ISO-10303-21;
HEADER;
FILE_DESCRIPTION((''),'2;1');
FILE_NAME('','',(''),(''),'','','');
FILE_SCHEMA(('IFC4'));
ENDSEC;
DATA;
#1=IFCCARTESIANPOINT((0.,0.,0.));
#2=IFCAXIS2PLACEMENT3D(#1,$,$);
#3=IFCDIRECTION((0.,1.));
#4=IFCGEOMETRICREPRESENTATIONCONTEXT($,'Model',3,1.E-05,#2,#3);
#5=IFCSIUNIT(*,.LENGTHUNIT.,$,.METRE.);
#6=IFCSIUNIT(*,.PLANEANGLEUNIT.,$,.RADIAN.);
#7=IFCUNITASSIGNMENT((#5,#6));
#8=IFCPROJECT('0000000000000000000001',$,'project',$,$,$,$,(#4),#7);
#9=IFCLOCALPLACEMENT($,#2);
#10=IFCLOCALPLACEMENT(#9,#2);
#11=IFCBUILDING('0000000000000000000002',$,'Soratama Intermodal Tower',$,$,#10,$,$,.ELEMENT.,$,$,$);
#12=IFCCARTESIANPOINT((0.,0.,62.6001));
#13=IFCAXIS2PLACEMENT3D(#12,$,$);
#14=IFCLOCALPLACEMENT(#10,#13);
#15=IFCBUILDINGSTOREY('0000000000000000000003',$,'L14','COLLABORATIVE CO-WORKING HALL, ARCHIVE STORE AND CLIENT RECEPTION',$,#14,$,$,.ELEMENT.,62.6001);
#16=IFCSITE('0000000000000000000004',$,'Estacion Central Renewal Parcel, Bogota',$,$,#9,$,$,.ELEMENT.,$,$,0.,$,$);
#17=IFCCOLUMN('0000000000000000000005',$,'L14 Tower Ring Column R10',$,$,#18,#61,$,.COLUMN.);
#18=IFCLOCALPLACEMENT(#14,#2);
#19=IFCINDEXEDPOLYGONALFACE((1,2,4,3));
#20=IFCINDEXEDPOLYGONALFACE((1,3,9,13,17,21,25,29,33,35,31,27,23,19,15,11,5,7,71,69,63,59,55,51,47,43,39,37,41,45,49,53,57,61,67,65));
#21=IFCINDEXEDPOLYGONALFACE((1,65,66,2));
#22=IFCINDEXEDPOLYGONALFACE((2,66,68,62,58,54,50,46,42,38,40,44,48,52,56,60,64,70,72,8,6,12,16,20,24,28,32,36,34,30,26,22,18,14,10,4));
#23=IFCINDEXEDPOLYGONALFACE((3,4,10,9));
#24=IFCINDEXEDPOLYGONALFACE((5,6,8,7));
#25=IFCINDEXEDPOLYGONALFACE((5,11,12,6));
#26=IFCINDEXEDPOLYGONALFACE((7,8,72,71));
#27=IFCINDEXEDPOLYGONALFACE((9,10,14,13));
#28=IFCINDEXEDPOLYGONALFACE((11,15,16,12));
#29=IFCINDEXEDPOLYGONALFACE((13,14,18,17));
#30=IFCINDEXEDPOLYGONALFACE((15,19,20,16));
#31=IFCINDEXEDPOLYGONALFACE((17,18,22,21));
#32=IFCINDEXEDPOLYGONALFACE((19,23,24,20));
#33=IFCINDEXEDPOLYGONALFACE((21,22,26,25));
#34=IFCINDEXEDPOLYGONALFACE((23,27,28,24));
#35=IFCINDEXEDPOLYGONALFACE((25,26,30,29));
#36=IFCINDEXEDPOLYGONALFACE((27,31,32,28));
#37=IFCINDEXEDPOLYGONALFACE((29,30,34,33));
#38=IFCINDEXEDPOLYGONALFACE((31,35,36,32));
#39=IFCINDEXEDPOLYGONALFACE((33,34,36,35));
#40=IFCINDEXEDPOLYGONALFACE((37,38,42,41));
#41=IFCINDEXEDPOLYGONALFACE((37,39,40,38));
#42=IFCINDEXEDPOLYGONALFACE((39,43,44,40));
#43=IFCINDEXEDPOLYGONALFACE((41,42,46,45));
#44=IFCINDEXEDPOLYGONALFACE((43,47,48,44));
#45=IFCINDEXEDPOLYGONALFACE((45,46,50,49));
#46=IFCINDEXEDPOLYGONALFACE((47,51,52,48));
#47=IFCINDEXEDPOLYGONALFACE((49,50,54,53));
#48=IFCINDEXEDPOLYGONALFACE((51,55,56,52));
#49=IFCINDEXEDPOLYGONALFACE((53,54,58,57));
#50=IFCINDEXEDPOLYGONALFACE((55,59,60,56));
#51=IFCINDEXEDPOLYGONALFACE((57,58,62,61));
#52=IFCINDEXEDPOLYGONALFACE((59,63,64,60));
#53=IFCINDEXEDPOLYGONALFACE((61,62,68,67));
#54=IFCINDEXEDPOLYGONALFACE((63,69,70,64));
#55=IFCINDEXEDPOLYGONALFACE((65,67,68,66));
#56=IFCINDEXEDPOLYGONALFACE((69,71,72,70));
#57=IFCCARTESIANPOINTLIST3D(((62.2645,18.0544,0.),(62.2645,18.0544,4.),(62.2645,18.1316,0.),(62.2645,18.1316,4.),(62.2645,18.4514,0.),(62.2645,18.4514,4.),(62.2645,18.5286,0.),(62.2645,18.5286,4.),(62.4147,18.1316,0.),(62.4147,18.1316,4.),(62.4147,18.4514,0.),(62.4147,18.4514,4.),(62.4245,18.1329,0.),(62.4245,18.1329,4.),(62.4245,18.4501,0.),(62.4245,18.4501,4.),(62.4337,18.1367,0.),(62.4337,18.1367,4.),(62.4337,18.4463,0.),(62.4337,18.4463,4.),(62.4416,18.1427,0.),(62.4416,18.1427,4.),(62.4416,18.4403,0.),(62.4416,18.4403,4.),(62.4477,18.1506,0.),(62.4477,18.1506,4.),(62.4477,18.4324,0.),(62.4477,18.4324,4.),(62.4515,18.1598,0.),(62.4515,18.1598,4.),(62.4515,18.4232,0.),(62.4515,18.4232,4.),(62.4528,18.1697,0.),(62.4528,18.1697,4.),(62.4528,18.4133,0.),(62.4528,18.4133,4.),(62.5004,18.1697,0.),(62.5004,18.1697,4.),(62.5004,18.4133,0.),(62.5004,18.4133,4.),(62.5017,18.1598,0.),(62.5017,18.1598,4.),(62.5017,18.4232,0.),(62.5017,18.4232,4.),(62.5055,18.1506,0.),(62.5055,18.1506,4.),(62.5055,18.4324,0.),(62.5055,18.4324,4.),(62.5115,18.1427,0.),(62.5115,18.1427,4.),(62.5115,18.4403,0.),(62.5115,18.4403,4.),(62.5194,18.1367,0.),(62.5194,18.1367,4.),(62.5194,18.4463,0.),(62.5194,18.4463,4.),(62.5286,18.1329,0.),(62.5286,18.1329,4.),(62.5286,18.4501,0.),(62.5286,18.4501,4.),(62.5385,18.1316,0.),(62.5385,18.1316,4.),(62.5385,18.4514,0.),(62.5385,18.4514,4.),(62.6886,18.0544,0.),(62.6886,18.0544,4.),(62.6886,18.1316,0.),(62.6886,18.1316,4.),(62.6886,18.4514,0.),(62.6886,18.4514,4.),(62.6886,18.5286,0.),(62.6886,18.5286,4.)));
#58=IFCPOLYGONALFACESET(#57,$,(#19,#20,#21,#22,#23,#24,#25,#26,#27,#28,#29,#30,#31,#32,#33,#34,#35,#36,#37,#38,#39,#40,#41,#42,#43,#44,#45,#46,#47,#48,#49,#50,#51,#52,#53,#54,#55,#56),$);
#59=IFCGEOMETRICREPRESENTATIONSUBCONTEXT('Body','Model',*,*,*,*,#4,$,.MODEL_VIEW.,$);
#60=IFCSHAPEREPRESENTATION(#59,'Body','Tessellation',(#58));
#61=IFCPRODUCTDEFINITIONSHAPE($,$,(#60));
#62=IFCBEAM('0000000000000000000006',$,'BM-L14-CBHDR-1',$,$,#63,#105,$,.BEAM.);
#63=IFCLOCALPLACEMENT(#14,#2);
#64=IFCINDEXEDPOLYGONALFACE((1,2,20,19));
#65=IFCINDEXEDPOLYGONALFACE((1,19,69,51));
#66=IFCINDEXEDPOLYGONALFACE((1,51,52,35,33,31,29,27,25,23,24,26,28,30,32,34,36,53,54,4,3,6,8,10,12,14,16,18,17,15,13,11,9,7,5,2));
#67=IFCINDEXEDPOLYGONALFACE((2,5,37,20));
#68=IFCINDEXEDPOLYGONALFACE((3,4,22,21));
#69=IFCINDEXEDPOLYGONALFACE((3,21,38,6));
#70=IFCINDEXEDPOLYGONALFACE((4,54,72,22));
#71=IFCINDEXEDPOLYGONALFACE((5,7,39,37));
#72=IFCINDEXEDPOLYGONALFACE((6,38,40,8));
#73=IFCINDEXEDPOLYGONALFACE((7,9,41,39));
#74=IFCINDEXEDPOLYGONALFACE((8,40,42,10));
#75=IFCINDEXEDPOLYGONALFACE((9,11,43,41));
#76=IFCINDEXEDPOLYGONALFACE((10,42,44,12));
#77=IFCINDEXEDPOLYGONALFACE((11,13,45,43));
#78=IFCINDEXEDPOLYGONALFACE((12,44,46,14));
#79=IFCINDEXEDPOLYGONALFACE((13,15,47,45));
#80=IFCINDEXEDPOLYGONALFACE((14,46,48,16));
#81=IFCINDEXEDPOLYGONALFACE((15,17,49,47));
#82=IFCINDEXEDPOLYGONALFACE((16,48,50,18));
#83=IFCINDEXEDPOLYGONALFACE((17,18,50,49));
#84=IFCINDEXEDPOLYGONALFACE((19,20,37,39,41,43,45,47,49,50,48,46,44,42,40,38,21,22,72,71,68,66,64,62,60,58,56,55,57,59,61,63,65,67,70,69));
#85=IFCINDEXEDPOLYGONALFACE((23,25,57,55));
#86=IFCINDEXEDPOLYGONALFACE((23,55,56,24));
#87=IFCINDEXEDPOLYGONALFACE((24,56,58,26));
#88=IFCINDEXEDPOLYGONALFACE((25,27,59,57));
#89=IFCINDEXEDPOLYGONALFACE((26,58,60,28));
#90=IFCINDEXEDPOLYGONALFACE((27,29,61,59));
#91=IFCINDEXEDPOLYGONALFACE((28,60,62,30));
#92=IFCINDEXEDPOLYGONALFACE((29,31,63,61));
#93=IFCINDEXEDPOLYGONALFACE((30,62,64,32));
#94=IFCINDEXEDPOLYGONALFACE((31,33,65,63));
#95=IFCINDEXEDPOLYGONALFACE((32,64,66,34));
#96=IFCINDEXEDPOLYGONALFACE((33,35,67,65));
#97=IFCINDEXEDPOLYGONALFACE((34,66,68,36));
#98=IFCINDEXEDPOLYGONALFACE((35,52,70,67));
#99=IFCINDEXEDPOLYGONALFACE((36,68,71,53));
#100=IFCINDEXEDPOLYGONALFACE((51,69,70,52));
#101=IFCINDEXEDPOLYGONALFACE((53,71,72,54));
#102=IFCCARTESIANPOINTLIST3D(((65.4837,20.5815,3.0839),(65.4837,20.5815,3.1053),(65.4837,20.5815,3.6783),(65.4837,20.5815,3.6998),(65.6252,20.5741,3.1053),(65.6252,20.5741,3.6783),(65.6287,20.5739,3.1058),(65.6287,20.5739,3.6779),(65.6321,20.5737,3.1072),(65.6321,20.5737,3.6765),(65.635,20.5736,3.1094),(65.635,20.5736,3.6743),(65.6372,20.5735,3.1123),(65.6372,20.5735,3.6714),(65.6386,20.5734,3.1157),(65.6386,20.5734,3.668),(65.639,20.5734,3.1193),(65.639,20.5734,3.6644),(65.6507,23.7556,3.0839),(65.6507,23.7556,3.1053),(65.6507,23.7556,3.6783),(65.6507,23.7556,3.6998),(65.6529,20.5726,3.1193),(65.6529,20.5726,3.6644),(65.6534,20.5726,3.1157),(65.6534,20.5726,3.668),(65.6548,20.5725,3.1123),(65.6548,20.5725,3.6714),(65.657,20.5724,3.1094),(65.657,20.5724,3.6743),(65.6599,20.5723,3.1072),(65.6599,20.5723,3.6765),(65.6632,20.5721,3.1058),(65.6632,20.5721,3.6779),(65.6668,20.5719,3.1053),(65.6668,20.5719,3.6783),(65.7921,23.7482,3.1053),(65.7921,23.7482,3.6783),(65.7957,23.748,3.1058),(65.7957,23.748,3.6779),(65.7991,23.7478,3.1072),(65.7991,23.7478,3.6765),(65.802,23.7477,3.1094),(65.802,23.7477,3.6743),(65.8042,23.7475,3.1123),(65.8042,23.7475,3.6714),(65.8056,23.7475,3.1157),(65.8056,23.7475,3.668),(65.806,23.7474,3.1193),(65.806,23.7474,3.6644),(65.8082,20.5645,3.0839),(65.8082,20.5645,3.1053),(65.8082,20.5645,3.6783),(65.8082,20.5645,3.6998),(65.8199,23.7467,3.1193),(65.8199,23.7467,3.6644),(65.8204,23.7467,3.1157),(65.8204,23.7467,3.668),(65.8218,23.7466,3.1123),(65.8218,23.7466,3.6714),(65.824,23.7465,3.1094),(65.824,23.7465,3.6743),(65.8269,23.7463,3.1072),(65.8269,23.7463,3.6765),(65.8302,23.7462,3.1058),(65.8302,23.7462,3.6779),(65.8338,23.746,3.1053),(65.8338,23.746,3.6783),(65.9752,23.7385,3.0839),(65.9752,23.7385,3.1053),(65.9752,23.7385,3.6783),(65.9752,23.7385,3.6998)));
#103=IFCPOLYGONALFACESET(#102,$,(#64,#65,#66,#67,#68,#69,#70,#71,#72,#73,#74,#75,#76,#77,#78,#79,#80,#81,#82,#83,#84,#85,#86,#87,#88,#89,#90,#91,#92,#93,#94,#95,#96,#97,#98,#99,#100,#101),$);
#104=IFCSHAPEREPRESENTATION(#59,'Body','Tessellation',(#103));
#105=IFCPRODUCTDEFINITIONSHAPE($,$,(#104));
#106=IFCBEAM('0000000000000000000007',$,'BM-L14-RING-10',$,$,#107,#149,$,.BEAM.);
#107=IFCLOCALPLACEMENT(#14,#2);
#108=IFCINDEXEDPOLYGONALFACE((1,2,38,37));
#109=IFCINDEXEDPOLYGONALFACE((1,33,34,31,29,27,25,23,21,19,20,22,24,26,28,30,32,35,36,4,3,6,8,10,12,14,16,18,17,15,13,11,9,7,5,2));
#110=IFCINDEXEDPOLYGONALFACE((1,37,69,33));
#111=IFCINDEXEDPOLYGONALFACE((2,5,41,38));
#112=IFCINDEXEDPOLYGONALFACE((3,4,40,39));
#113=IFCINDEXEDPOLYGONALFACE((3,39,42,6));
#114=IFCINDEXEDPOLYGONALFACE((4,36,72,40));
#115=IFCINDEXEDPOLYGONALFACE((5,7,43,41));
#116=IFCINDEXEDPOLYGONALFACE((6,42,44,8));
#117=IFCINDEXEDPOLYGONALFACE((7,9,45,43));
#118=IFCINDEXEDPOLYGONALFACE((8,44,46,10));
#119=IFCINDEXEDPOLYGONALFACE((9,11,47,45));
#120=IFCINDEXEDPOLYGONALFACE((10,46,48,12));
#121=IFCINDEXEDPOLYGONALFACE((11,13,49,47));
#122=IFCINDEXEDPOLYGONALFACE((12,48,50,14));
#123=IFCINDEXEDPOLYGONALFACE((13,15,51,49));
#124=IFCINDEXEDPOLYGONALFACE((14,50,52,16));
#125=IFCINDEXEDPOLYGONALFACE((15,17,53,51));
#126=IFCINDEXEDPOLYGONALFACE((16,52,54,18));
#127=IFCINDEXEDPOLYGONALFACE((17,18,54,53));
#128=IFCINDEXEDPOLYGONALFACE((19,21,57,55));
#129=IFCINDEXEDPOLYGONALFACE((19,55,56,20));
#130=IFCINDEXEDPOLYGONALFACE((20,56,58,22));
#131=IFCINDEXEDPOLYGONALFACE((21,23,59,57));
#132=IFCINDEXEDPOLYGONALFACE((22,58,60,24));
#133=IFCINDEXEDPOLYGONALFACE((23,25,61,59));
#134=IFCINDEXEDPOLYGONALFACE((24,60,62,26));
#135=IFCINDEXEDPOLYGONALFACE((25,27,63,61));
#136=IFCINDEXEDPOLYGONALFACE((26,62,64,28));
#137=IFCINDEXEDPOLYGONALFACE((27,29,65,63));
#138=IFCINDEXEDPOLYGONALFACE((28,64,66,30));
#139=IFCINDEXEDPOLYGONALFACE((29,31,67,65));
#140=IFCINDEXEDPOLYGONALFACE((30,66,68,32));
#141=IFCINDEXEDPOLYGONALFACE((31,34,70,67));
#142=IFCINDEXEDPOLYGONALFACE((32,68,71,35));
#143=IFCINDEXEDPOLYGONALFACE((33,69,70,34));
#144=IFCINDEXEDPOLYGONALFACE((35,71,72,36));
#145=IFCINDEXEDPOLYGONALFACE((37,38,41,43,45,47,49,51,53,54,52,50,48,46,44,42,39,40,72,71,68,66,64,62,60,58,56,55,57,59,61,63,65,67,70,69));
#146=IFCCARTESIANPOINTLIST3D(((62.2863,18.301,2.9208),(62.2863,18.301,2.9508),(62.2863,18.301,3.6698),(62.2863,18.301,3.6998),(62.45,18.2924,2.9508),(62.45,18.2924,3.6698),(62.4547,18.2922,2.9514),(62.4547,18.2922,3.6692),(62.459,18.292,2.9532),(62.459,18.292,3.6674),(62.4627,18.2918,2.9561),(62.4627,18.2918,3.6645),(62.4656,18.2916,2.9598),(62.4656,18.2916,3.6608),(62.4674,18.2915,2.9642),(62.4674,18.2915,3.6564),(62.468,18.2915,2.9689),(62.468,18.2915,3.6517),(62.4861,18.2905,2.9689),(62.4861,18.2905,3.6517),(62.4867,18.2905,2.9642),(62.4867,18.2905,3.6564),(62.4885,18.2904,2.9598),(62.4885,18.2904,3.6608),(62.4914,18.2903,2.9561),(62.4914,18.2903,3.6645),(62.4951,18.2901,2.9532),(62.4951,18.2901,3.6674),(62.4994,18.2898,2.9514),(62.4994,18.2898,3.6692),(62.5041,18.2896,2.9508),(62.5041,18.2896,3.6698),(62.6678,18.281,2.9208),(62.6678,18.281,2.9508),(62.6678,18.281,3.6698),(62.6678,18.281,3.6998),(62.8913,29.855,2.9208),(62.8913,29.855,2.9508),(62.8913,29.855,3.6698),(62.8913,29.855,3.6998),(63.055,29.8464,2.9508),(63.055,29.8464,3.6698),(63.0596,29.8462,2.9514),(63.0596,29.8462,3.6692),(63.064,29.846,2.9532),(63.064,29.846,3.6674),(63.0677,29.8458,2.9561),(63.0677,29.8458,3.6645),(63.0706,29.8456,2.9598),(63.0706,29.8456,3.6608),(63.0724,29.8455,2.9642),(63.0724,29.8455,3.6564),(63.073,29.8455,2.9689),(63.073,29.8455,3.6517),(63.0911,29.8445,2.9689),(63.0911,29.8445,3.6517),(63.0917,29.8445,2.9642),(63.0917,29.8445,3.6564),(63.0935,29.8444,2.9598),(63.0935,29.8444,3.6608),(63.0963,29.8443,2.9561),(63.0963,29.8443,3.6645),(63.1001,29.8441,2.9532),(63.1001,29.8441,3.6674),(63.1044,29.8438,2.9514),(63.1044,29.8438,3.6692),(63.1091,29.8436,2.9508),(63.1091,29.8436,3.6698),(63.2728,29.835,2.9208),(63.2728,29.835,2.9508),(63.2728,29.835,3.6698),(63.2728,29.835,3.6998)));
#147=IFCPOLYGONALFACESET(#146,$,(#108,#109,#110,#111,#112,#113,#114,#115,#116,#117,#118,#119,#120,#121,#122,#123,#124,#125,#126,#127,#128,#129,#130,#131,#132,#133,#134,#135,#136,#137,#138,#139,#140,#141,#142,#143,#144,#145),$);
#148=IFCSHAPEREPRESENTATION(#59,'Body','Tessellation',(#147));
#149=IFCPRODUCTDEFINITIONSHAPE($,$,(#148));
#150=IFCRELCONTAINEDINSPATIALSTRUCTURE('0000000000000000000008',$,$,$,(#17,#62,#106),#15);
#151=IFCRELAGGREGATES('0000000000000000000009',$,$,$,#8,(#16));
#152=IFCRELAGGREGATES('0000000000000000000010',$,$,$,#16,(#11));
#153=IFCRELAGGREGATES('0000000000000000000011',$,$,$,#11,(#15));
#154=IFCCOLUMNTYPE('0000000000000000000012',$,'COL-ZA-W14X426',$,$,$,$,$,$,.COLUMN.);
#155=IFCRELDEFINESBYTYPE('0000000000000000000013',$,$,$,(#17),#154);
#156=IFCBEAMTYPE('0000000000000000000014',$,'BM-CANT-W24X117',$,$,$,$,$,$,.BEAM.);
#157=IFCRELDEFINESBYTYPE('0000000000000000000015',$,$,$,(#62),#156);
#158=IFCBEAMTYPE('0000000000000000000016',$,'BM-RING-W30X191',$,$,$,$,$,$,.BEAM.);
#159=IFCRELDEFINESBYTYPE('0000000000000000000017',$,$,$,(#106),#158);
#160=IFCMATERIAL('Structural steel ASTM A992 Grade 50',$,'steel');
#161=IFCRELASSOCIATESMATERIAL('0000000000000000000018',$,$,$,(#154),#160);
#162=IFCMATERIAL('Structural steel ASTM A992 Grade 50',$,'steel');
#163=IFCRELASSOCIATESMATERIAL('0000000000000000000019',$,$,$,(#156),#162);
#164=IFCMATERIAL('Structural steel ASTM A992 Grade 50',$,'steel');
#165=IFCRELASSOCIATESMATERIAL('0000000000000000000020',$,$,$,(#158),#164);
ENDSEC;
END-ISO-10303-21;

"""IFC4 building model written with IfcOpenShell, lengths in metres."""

from ifc_helpers import new_model, si_unit, direction, frame, origin, origin_2d, place, context, subcontext, project, spatial, i_section, extrude, material, material_profile, profile_set, type_object, element, save


model = new_model("IFC4")

# Units and contexts
model_context = context("Model", 3, precision=1e-05, world=origin(), true_north=direction((0.0, 1.0)))
body_context = subcontext(model_context, "Body", "Model", "MODEL_VIEW")
ifc_project = project(units=[si_unit("LENGTHUNIT", "METRE"), si_unit("PLANEANGLEUNIT", "RADIAN")], contexts=[model_context])

# Site, building, storey
site_placement = place(None, origin())
site = spatial("IfcSite", under=ifc_project, at=site_placement, Name="Estacion Central Renewal Parcel, Bogota", CompositionType="ELEMENT", RefElevation=0.0)
building_placement = place(site_placement, origin())
building = spatial("IfcBuilding", under=site, at=building_placement, Name="Soratama Intermodal Tower", CompositionType="ELEMENT")
storey_placement = place(building_placement, frame((0.0, 0.0, 62.6001)))
storey = spatial("IfcBuildingStorey", under=building, at=storey_placement, Name="L14", Description="COLLABORATIVE CO-WORKING HALL, ARCHIVE STORE AND CLIENT RECEPTION", CompositionType="ELEMENT", Elevation=62.6001)

# Column
ifc_material_1 = material(Name="Structural steel ASTM A992 Grade 50", Category="steel")
ifc_material_profile_1 = material_profile(ifc_material_1, i_section(OverallWidth=0.4241, OverallDepth=0.4741, WebThickness=0.0476, FlangeThickness=0.0771, FilletRadius=0.0381, at=origin_2d()), Name="W14X426")
ifc_profile_set_1 = profile_set([ifc_material_profile_1], Name="Structural steel ASTM A992 Grade 50")
column_type = type_object("IfcColumnType", Name="COL-ZA-W14X426", PredefinedType="COLUMN", material=ifc_profile_set_1)
column_placement = place(storey_placement, frame((62.4766, 18.2915, 0.0), z_axis=(0.0, 0.0, 1.0), x_axis=(1.0, 0.0, 0.0)))
element("IfcColumn", 1, at=column_placement, inside=storey, type_object=column_type, Name="L14 Tower Ring Column R10", PredefinedType="COLUMN", context=body_context, shape_type="SweptSolid", body=[
    extrude(i_section(OverallWidth=0.4241, OverallDepth=0.4741, WebThickness=0.0476, FlangeThickness=0.0771, FilletRadius=0.0381, at=origin_2d()), origin(), (0.0, 0.0, 1.0), 4.0),
])

# Beams
ifc_material_2 = material(Name="Structural steel ASTM A992 Grade 50", Category="steel")
ifc_material_profile_2 = material_profile(ifc_material_2, i_section(OverallWidth=0.325, OverallDepth=0.616, WebThickness=0.0139, FlangeThickness=0.0215, FilletRadius=0.0139, at=origin_2d()), Name="W24X117")
ifc_profile_set_2 = profile_set([ifc_material_profile_2], Name="Structural steel ASTM A992 Grade 50")
beam_type_1 = type_object("IfcBeamType", Name="BM-CANT-W24X117", PredefinedType="BEAM", material=ifc_profile_set_2)
beam_1_placement = place(storey_placement, frame((65.646, 20.573, 3.3918), z_axis=(0.052539, 0.998619, 0.0), x_axis=(-0.998619, 0.052539, 0.0)))
element("IfcBeam", 2, at=beam_1_placement, inside=storey, type_object=beam_type_1, Name="BM-L14-CBHDR-1", PredefinedType="BEAM", context=body_context, shape_type="SweptSolid", body=[
    extrude(i_section(OverallWidth=0.325, OverallDepth=0.616, WebThickness=0.0139, FlangeThickness=0.0215, FilletRadius=0.0139, at=origin_2d()), origin(), (0.0, 0.0, 1.0), 3.1785),
])
ifc_material_3 = material(Name="Structural steel ASTM A992 Grade 50", Category="steel")
ifc_material_profile_3 = material_profile(ifc_material_3, i_section(OverallWidth=0.3821, OverallDepth=0.7791, WebThickness=0.0181, FlangeThickness=0.03, FilletRadius=0.0181, at=origin_2d()), Name="W30X191")
ifc_profile_set_3 = profile_set([ifc_material_profile_3], Name="Structural steel ASTM A992 Grade 50")
beam_type_2 = type_object("IfcBeamType", Name="BM-RING-W30X191", PredefinedType="BEAM", material=ifc_profile_set_3)
beam_2_placement = place(storey_placement, frame((62.4771, 18.291, 3.3103), z_axis=(0.05229, 0.998632, 0.0), x_axis=(-0.998632, 0.05229, 0.0)))
element("IfcBeam", 3, at=beam_2_placement, inside=storey, type_object=beam_type_2, Name="BM-L14-RING-10", PredefinedType="BEAM", context=body_context, shape_type="SweptSolid", body=[
    extrude(i_section(OverallWidth=0.3821, OverallDepth=0.7791, WebThickness=0.0181, FlangeThickness=0.03, FilletRadius=0.0181, at=origin_2d()), origin(), (0.0, 0.0, 1.0), 11.5698),
])

save(model, "model.ifc")
